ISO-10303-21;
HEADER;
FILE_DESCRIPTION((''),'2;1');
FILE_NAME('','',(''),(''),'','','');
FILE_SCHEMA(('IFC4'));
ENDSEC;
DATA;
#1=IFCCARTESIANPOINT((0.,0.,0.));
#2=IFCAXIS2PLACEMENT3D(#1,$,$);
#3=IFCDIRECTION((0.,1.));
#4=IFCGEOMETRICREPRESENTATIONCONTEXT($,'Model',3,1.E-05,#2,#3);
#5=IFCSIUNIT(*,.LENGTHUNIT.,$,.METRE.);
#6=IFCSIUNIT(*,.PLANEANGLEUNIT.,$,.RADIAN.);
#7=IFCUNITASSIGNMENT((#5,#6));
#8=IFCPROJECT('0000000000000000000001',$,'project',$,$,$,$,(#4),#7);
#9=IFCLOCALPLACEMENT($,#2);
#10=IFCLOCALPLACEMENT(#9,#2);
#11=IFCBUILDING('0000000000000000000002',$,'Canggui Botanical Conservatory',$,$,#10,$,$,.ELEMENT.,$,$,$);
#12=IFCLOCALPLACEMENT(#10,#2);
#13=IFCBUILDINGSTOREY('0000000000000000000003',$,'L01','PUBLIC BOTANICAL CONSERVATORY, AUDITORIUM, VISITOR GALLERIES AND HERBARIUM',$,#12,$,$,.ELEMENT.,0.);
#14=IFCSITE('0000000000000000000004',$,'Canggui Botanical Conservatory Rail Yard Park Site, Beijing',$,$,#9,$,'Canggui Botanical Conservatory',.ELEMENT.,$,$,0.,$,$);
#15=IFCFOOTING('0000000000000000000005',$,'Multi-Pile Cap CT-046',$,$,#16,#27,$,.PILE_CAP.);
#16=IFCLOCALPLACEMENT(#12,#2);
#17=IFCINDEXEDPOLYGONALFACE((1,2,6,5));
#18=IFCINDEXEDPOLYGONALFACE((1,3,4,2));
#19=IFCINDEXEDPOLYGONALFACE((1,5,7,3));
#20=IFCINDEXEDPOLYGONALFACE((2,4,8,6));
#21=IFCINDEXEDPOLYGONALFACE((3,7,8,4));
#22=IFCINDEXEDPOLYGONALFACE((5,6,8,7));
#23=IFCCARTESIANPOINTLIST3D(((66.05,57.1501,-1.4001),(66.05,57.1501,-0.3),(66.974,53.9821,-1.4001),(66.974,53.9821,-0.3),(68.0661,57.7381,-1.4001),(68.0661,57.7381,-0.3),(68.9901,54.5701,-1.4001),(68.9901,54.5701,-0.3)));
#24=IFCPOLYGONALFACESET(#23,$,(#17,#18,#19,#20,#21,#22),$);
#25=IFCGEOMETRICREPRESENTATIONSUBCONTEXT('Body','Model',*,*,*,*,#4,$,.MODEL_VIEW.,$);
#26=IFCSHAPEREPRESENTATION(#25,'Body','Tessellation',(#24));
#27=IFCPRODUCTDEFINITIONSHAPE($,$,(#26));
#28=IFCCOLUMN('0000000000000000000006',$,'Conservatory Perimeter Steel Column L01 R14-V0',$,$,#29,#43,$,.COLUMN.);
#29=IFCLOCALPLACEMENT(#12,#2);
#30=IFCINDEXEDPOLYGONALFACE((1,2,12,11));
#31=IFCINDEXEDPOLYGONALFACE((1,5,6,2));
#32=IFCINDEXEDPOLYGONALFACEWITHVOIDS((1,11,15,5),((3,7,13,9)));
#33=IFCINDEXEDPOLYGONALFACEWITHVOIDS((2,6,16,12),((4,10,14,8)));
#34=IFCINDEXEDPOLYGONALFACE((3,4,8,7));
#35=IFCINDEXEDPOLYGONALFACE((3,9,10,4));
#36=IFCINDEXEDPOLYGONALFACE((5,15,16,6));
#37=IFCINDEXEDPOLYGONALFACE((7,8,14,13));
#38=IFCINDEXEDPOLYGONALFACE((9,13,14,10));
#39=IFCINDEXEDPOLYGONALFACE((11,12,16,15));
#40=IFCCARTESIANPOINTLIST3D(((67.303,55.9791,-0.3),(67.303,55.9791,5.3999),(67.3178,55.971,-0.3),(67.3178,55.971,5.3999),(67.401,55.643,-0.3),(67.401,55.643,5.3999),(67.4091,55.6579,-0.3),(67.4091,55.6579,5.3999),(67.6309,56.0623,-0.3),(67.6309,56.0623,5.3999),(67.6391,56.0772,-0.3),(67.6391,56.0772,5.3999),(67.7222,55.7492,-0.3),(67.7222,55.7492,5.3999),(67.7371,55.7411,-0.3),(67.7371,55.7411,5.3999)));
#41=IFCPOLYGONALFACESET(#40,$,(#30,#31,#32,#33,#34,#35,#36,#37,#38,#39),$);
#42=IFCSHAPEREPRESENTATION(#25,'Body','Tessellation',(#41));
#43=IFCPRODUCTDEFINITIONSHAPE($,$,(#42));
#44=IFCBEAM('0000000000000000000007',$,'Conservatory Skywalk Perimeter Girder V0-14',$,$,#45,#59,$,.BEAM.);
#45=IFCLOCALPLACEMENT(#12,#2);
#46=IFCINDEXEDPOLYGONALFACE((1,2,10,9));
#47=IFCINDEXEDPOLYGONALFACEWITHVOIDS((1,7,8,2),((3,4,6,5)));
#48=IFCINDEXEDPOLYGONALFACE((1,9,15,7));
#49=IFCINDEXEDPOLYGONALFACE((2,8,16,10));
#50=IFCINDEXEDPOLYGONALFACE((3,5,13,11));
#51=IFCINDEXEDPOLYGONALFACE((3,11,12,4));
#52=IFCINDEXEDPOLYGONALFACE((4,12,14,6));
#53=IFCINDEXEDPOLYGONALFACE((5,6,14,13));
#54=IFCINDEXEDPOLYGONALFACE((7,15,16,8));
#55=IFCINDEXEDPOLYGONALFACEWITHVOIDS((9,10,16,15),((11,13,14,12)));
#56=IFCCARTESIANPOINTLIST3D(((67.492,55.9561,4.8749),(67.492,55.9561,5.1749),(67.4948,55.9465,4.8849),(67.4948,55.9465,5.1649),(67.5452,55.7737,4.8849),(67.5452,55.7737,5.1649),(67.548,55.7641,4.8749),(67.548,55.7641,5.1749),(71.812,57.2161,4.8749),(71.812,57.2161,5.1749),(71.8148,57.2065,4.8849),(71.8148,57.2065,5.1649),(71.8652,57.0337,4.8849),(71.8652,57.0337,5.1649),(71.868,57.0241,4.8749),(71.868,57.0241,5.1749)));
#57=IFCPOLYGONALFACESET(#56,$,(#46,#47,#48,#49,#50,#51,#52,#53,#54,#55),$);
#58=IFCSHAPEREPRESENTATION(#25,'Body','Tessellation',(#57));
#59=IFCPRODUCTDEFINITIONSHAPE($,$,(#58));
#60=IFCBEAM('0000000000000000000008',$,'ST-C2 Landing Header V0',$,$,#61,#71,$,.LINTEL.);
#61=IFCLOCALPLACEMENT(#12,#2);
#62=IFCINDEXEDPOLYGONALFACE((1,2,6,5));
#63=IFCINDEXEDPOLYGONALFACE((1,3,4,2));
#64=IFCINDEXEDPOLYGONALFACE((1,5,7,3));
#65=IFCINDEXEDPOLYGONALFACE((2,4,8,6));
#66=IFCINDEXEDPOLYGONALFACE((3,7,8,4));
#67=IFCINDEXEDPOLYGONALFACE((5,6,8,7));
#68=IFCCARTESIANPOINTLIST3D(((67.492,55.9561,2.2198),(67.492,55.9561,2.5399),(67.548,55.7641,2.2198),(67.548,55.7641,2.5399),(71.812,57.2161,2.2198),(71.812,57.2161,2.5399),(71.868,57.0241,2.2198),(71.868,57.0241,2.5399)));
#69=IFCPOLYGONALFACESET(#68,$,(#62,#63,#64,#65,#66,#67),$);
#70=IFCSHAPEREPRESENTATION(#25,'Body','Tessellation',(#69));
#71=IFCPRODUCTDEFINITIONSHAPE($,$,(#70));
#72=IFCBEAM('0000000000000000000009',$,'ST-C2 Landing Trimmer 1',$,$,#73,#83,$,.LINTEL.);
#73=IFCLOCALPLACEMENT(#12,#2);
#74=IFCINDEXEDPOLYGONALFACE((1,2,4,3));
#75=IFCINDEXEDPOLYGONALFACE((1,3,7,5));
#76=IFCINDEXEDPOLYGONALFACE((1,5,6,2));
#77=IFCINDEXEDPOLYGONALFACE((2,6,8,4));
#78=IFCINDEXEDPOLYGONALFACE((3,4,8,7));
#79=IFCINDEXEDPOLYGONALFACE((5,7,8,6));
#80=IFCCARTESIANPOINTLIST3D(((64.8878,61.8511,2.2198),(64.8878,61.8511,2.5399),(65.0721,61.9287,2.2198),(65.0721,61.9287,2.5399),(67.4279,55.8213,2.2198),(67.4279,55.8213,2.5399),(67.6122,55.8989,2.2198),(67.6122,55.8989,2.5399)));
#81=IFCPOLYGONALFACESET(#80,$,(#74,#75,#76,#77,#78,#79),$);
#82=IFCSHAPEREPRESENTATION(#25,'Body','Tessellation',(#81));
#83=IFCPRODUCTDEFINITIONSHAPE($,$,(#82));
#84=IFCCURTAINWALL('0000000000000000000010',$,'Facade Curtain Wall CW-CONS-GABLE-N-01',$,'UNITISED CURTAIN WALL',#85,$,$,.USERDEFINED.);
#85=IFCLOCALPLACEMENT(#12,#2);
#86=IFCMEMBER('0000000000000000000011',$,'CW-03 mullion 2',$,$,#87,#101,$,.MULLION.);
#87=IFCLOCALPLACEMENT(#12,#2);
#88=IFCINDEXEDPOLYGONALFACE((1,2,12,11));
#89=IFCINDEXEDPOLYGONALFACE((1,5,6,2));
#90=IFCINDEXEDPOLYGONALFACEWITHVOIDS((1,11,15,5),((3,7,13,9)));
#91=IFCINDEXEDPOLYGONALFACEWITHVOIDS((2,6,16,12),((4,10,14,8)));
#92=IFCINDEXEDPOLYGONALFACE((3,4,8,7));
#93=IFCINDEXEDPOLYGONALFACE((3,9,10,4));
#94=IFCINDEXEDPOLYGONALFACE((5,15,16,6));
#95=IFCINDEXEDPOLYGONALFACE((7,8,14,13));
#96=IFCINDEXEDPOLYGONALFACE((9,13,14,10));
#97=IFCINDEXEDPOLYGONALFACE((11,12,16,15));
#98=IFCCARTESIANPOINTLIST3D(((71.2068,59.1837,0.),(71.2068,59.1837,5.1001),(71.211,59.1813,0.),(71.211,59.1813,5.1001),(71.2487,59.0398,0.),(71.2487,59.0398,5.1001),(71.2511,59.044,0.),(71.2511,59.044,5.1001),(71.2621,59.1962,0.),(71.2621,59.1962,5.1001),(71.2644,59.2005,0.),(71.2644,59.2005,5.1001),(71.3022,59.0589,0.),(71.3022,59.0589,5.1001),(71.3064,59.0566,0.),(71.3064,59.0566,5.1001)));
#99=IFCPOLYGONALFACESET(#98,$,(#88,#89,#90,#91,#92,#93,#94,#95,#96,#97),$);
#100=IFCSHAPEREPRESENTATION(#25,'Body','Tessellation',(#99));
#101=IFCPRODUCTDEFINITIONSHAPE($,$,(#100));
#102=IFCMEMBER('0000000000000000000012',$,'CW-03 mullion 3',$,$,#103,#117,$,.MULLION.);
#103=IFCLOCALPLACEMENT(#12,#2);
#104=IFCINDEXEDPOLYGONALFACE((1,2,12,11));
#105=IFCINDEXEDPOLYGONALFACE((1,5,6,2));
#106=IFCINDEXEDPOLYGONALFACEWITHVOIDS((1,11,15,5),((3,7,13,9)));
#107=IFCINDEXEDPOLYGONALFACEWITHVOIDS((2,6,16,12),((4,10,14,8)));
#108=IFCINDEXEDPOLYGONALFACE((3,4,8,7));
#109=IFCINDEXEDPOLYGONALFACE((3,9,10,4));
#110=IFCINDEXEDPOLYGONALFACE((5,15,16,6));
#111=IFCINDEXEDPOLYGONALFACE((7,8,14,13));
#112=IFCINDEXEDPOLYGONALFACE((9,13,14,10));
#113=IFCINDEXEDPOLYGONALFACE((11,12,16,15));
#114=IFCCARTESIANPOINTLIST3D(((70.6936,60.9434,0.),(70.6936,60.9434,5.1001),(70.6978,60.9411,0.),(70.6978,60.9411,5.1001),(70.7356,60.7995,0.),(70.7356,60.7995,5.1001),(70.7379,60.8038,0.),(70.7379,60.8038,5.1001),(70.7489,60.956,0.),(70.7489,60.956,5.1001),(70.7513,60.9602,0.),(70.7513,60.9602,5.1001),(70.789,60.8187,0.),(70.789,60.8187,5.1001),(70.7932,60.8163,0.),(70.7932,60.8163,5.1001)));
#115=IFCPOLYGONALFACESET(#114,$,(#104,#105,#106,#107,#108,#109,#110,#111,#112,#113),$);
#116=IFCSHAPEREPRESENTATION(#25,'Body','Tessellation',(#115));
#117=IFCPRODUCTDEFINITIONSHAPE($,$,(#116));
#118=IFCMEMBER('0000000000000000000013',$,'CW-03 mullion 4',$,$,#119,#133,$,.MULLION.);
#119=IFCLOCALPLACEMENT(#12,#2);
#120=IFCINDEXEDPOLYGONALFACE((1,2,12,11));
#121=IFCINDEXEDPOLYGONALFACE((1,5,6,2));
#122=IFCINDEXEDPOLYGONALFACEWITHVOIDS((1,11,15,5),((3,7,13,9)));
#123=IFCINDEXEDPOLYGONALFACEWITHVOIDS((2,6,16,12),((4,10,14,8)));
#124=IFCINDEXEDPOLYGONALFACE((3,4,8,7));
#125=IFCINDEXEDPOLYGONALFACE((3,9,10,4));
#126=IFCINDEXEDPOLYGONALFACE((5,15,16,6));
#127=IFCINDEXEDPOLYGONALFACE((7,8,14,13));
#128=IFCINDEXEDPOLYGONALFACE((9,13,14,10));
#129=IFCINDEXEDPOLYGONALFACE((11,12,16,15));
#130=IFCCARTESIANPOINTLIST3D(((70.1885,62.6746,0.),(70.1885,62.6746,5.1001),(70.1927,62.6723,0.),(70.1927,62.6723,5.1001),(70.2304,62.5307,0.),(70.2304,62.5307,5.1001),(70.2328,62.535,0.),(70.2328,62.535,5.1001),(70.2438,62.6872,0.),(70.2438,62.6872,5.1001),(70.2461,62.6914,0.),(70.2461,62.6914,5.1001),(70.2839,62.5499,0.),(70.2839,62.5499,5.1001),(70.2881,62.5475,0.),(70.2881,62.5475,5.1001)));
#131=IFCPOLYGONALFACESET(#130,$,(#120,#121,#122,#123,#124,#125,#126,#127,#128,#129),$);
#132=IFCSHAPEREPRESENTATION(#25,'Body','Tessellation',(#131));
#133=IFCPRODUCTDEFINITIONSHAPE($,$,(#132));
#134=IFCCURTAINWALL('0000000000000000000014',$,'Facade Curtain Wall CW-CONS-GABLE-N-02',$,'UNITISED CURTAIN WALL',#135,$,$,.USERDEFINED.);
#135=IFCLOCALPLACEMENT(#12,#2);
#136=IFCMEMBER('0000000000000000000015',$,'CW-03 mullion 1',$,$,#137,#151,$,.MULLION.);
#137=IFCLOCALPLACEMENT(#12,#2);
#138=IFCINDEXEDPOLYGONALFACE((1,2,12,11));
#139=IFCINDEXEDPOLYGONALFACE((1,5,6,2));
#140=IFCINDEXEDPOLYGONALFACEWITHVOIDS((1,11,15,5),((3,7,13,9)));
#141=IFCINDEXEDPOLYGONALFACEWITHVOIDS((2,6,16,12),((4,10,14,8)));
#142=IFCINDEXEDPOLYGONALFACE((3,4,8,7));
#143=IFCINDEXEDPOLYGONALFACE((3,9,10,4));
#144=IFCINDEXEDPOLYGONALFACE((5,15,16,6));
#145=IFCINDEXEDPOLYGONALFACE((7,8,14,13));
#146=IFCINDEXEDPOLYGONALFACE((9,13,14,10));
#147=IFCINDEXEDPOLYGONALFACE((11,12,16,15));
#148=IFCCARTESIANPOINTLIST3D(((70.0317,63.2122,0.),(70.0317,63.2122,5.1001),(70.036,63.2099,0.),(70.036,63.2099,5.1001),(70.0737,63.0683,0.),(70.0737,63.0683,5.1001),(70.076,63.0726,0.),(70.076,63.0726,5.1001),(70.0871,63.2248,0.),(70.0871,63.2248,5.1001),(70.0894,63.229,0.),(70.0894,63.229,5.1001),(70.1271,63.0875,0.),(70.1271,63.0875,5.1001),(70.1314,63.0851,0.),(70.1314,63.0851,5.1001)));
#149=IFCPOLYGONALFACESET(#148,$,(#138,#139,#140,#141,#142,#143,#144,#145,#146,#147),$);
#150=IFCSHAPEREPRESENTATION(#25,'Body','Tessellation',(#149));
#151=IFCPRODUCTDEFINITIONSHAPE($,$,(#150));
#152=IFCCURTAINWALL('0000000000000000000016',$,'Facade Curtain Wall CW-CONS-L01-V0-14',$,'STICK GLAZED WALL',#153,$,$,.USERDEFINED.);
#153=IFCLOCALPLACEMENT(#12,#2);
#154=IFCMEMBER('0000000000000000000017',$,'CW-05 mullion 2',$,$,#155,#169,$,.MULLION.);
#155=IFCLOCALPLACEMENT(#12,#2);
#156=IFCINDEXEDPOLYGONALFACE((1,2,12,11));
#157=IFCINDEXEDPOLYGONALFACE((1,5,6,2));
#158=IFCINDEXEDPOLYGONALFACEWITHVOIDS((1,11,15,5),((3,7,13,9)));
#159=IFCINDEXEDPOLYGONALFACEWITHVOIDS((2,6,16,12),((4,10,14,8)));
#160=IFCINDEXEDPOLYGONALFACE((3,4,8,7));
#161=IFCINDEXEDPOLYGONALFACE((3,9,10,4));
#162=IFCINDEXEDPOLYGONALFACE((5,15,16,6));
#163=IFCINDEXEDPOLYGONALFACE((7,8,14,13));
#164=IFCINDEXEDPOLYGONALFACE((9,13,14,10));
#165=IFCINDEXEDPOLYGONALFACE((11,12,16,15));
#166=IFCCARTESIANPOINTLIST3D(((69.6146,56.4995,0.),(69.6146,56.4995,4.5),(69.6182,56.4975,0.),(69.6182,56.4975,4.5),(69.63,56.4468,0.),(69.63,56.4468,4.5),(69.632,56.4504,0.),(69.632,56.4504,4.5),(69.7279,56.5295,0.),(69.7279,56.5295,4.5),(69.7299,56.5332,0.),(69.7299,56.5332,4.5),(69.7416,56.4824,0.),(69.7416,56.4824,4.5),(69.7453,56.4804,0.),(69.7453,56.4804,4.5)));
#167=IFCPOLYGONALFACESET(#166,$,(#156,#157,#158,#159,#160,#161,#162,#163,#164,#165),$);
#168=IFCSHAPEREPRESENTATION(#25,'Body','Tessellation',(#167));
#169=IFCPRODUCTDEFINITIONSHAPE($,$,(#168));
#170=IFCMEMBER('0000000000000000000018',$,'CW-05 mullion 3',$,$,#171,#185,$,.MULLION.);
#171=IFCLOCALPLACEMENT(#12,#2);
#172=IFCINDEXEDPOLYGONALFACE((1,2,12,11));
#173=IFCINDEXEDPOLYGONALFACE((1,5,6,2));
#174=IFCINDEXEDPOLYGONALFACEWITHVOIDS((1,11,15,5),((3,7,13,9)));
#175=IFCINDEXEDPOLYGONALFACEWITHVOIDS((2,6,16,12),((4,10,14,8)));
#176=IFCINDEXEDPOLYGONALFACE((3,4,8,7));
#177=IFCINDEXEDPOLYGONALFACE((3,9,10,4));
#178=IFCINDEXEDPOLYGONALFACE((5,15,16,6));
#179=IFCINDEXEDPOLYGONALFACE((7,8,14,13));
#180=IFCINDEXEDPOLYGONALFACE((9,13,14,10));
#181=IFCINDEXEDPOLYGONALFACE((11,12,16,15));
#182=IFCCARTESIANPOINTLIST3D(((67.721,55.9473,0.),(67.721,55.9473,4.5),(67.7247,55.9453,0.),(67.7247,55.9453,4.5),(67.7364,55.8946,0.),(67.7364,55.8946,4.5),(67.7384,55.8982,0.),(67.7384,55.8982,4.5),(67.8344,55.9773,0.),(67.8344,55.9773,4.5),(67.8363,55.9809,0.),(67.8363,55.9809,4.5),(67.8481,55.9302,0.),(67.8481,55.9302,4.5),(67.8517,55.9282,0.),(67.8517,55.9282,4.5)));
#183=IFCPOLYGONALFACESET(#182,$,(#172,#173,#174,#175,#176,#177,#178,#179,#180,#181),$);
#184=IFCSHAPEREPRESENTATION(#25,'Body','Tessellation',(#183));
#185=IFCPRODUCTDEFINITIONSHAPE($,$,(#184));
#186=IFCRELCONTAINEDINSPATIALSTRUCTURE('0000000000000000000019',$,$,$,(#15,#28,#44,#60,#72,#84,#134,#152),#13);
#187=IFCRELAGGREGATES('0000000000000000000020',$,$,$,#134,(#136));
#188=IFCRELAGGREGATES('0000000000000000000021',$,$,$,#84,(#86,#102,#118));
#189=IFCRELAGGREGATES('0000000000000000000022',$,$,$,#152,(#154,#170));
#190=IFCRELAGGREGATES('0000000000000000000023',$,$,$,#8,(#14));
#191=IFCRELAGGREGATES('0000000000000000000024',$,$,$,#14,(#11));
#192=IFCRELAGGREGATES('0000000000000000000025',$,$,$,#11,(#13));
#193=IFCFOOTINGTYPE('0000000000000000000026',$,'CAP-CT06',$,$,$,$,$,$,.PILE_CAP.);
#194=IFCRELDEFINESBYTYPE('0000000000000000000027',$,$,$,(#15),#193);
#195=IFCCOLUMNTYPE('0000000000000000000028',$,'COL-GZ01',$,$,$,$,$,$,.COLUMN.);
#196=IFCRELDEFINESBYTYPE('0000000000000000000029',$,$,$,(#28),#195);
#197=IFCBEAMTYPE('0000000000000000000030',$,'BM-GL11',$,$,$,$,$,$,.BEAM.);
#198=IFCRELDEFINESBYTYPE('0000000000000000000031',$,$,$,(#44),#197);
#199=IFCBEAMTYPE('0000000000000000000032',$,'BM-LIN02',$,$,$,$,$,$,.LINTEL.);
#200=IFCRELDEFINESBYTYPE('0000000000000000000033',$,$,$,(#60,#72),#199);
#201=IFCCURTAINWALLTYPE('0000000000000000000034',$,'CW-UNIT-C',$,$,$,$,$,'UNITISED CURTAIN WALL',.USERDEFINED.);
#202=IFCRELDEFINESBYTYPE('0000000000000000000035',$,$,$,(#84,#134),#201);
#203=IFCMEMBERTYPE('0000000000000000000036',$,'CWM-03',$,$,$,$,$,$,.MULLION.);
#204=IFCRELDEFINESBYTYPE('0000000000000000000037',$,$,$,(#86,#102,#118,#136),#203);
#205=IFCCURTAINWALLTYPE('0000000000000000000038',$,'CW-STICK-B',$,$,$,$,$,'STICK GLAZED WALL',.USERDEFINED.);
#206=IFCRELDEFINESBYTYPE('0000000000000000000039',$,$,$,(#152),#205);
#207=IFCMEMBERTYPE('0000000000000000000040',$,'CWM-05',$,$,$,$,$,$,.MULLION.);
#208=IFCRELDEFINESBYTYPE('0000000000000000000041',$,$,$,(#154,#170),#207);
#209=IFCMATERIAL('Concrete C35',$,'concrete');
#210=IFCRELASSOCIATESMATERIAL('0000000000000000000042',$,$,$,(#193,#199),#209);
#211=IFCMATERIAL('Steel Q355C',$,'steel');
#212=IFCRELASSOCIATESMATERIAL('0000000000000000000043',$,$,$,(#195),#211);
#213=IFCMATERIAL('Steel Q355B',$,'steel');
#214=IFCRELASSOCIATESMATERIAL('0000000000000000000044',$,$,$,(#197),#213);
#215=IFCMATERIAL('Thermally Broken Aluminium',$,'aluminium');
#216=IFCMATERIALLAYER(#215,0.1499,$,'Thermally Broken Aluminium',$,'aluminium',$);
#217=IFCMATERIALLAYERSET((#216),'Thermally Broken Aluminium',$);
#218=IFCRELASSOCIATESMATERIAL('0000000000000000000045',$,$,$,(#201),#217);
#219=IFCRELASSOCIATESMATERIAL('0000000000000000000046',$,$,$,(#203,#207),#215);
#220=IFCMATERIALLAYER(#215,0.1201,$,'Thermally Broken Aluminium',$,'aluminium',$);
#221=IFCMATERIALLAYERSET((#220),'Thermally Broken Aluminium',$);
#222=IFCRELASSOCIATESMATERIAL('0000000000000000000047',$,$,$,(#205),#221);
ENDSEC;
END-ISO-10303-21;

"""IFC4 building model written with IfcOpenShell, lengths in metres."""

from ifc_helpers import new_model, si_unit, direction, frame, origin, origin_2d, place, context, subcontext, project, spatial, rectangle, hollow_rectangle, extrude, material, layer, layer_set, material_profile, profile_set, type_object, element, aggregate, save


model = new_model("IFC4")

# Units and contexts
model_context = context("Model", 3, precision=1e-05, world=origin(), true_north=direction((0.0, 1.0)))
body_context = subcontext(model_context, "Body", "Model", "MODEL_VIEW")
ifc_project = project(units=[si_unit("LENGTHUNIT", "METRE"), si_unit("PLANEANGLEUNIT", "RADIAN")], contexts=[model_context])

# Site, building, storey
site_placement = place(None, origin())
site = spatial("IfcSite", under=ifc_project, at=site_placement, Name="Canggui Botanical Conservatory Rail Yard Park Site, Beijing", LongName="Canggui Botanical Conservatory", CompositionType="ELEMENT", RefElevation=0.0)
building_placement = place(site_placement, origin())
building = spatial("IfcBuilding", under=site, at=building_placement, Name="Canggui Botanical Conservatory", CompositionType="ELEMENT")
storey_placement = place(building_placement, origin())
storey = spatial("IfcBuildingStorey", under=building, at=storey_placement, Name="L01", Description="PUBLIC BOTANICAL CONSERVATORY, AUDITORIUM, VISITOR GALLERIES AND HERBARIUM", CompositionType="ELEMENT", Elevation=0.0)

# Footing
ifc_material_1 = material(Name="Concrete C35", Category="concrete")
footing_type = type_object("IfcFootingType", Name="CAP-CT06", PredefinedType="PILE_CAP", material=ifc_material_1)
footing_placement = place(storey_placement, frame((67.52, 55.8601, -1.4001), z_axis=(0.0, 0.0, 1.0), x_axis=(-0.28, 0.96, 0.0)))
element("IfcFooting", 1, at=footing_placement, inside=storey, type_object=footing_type, Name="Multi-Pile Cap CT-046", PredefinedType="PILE_CAP", context=body_context, shape_type="SweptSolid", body=[
    extrude(rectangle(XDim=3.3, YDim=2.1001, at=origin_2d()), origin(), (0.0, 0.0, 1.0), 1.1001),
])

# Column
ifc_material_2 = material(Name="Steel Q355C", Category="steel")
ifc_material_profile_1 = material_profile(ifc_material_2, hollow_rectangle(XDim=0.3501, YDim=0.3501, WallThickness=0.012, at=origin_2d()), Name="SHS 350x350x12")
ifc_profile_set_1 = profile_set([ifc_material_profile_1], Name="Steel Q355C")
column_type = type_object("IfcColumnType", Name="COL-GZ01", PredefinedType="COLUMN", material=ifc_profile_set_1)
column_placement = place(storey_placement, frame((67.52, 55.8601, -0.3), z_axis=(0.0, 0.0, 1.0), x_axis=(0.96, 0.28, 0.0)))
element("IfcColumn", 2, at=column_placement, inside=storey, type_object=column_type, Name="Conservatory Perimeter Steel Column L01 R14-V0", PredefinedType="COLUMN", context=body_context, shape_type="SweptSolid", body=[
    extrude(hollow_rectangle(XDim=0.3501, YDim=0.3501, WallThickness=0.012, at=origin_2d()), origin(), (0.0, 0.0, 1.0), 5.7),
])

# Beams
ifc_material_3 = material(Name="Steel Q355B", Category="steel")
ifc_material_profile_2 = material_profile(ifc_material_3, hollow_rectangle(XDim=0.2, YDim=0.3, WallThickness=0.01, at=origin_2d()), Name="RHS 200x300x10")
ifc_profile_set_2 = profile_set([ifc_material_profile_2], Name="Steel Q355B")
beam_type_1 = type_object("IfcBeamType", Name="BM-GL11", PredefinedType="BEAM", material=ifc_profile_set_2)
beam_1_placement = place(storey_placement, frame((67.52, 55.8601, 5.0249), z_axis=(0.960001, 0.279998, 0.0), x_axis=(-0.279998, 0.960001, 0.0)))
element("IfcBeam", 3, at=beam_1_placement, inside=storey, type_object=beam_type_1, Name="Conservatory Skywalk Perimeter Girder V0-14", PredefinedType="BEAM", context=body_context, shape_type="SweptSolid", body=[
    extrude(hollow_rectangle(XDim=0.2, YDim=0.3, WallThickness=0.01, at=origin_2d()), origin(), (0.0, 0.0, 1.0), 4.5),
])
ifc_material_profile_3 = material_profile(ifc_material_1, rectangle(XDim=0.2, YDim=0.3201, at=origin_2d()), Name="RB 200x320")
ifc_profile_set_3 = profile_set([ifc_material_profile_3], Name="Concrete C35")
beam_type_2 = type_object("IfcBeamType", Name="BM-LIN02", PredefinedType="LINTEL", material=ifc_profile_set_3)
beam_2_placement = place(storey_placement, frame((67.52, 55.8601, 2.3799), z_axis=(0.960001, 0.279998, 0.0), x_axis=(-0.279998, 0.960001, 0.0)))
element("IfcBeam", 4, at=beam_2_placement, inside=storey, type_object=beam_type_2, Name="ST-C2 Landing Header V0", PredefinedType="LINTEL", context=body_context, shape_type="SweptSolid", body=[
    extrude(rectangle(XDim=0.2, YDim=0.3201, at=origin_2d()), origin(), (0.0, 0.0, 1.0), 4.5),
])
beam_3_placement = place(storey_placement, frame((67.52, 55.8601, 2.3799), z_axis=(-0.38821, 0.921571, 0.0), x_axis=(-0.921571, -0.38821, 0.0)))
element("IfcBeam", 5, at=beam_3_placement, inside=storey, type_object=beam_type_2, Name="ST-C2 Landing Trimmer 1", PredefinedType="LINTEL", context=body_context, shape_type="SweptSolid", body=[
    extrude(rectangle(XDim=0.2, YDim=0.3201, at=origin_2d()), origin(), (0.0, 0.0, 1.0), 6.543),
])

# Curtain wall, members
ifc_material_4 = material(Name="Thermally Broken Aluminium", Category="aluminium")
ifc_layer_1 = layer(ifc_material_4, 0.1499, Name="Thermally Broken Aluminium", Category="aluminium")
ifc_layer_set_1 = layer_set([ifc_layer_1], Name="Thermally Broken Aluminium")
curtain_wall_type_1 = type_object("IfcCurtainWallType", Name="CW-UNIT-C", ElementType="UNITISED CURTAIN WALL", PredefinedType="USERDEFINED", material=ifc_layer_set_1)
curtain_wall_1_placement = place(storey_placement, origin())
curtain_wall_1 = element("IfcCurtainWall", 6, at=curtain_wall_1_placement, inside=storey, type_object=curtain_wall_type_1, Name="Facade Curtain Wall CW-CONS-GABLE-N-01", ObjectType="UNITISED CURTAIN WALL", PredefinedType="USERDEFINED")
ifc_material_profile_4 = material_profile(ifc_material_4, hollow_rectangle(XDim=0.0601, YDim=0.1499, WallThickness=0.0034, at=origin_2d()), Name="CWM 60x150x3.5")
ifc_profile_set_4 = profile_set([ifc_material_profile_4], Name="Thermally Broken Aluminium")
member_type_1 = type_object("IfcMemberType", Name="CWM-03", PredefinedType="MULLION", material=ifc_profile_set_4)
member_1_placement = place(storey_placement, frame((71.2566, 59.1201, 0.0), z_axis=(0.0, 0.0, 1.0), x_axis=(-0.96, -0.28, 0.0)))
member_1 = element("IfcMember", 7, at=member_1_placement, type_object=member_type_1, Name="CW-03 mullion 2", PredefinedType="MULLION", context=body_context, shape_type="SweptSolid", body=[
    extrude(hollow_rectangle(XDim=0.0601, YDim=0.1499, WallThickness=0.0034, at=origin_2d()), origin(), (0.0, 0.0, 1.0), 5.1001),
])
member_2_placement = place(storey_placement, frame((70.7434, 60.8799, 0.0), z_axis=(0.0, 0.0, 1.0), x_axis=(-0.96, -0.28, 0.0)))
member_2 = element("IfcMember", 8, at=member_2_placement, type_object=member_type_1, Name="CW-03 mullion 3", PredefinedType="MULLION", context=body_context, shape_type="SweptSolid", body=[
    extrude(hollow_rectangle(XDim=0.0601, YDim=0.1499, WallThickness=0.0034, at=origin_2d()), origin(), (0.0, 0.0, 1.0), 5.1001),
])
member_3_placement = place(storey_placement, frame((70.2383, 62.6111, 0.0), z_axis=(0.0, 0.0, 1.0), x_axis=(-0.96, -0.28, 0.0)))
member_3 = element("IfcMember", 9, at=member_3_placement, type_object=member_type_1, Name="CW-03 mullion 4", PredefinedType="MULLION", context=body_context, shape_type="SweptSolid", body=[
    extrude(hollow_rectangle(XDim=0.0601, YDim=0.1499, WallThickness=0.0034, at=origin_2d()), origin(), (0.0, 0.0, 1.0), 5.1001),
])

# Curtain wall, member
curtain_wall_2_placement = place(storey_placement, origin())
curtain_wall_2 = element("IfcCurtainWall", 10, at=curtain_wall_2_placement, inside=storey, type_object=curtain_wall_type_1, Name="Facade Curtain Wall CW-CONS-GABLE-N-02", ObjectType="UNITISED CURTAIN WALL", PredefinedType="USERDEFINED")
member_4_placement = place(storey_placement, frame((70.0815, 63.1487, 0.0), z_axis=(0.0, 0.0, 1.0), x_axis=(-0.96, -0.28, 0.0)))
member_4 = element("IfcMember", 11, at=member_4_placement, type_object=member_type_1, Name="CW-03 mullion 1", PredefinedType="MULLION", context=body_context, shape_type="SweptSolid", body=[
    extrude(hollow_rectangle(XDim=0.0601, YDim=0.1499, WallThickness=0.0034, at=origin_2d()), origin(), (0.0, 0.0, 1.0), 5.1001),
])

# Curtain wall, members
ifc_layer_2 = layer(ifc_material_4, 0.1201, Name="Thermally Broken Aluminium", Category="aluminium")
ifc_layer_set_2 = layer_set([ifc_layer_2], Name="Thermally Broken Aluminium")
curtain_wall_type_2 = type_object("IfcCurtainWallType", Name="CW-STICK-B", ElementType="STICK GLAZED WALL", PredefinedType="USERDEFINED", material=ifc_layer_set_2)
curtain_wall_3_placement = place(storey_placement, origin())
curtain_wall_3 = element("IfcCurtainWall", 12, at=curtain_wall_3_placement, inside=storey, type_object=curtain_wall_type_2, Name="Facade Curtain Wall CW-CONS-L01-V0-14", ObjectType="STICK GLAZED WALL", PredefinedType="USERDEFINED")
ifc_material_profile_5 = material_profile(ifc_material_4, hollow_rectangle(XDim=0.0549, YDim=0.1201, WallThickness=0.0029, at=origin_2d()), Name="CWM 55x120x3")
ifc_profile_set_5 = profile_set([ifc_material_profile_5], Name="Thermally Broken Aluminium")
member_type_2 = type_object("IfcMemberType", Name="CWM-05", PredefinedType="MULLION", material=ifc_profile_set_5)
member_5_placement = place(storey_placement, frame((69.6799, 56.49, 0.0), z_axis=(0.0, 0.0, 1.0), x_axis=(0.28, -0.96, 0.0)))
member_5 = element("IfcMember", 13, at=member_5_placement, type_object=member_type_2, Name="CW-05 mullion 2", PredefinedType="MULLION", context=body_context, shape_type="SweptSolid", body=[
    extrude(hollow_rectangle(XDim=0.0549, YDim=0.1201, WallThickness=0.0029, at=origin_2d()), origin(), (0.0, 0.0, 1.0), 4.5),
])
member_6_placement = place(storey_placement, frame((67.7864, 55.9377, 0.0), z_axis=(0.0, 0.0, 1.0), x_axis=(0.28, -0.96, 0.0)))
member_6 = element("IfcMember", 14, at=member_6_placement, type_object=member_type_2, Name="CW-05 mullion 3", PredefinedType="MULLION", context=body_context, shape_type="SweptSolid", body=[
    extrude(hollow_rectangle(XDim=0.0549, YDim=0.1201, WallThickness=0.0029, at=origin_2d()), origin(), (0.0, 0.0, 1.0), 4.5),
])

aggregate(curtain_wall_2, [member_4])

aggregate(curtain_wall_1, [member_1, member_2, member_3])
aggregate(curtain_wall_3, [member_5, member_6])

save(model, "model.ifc")
